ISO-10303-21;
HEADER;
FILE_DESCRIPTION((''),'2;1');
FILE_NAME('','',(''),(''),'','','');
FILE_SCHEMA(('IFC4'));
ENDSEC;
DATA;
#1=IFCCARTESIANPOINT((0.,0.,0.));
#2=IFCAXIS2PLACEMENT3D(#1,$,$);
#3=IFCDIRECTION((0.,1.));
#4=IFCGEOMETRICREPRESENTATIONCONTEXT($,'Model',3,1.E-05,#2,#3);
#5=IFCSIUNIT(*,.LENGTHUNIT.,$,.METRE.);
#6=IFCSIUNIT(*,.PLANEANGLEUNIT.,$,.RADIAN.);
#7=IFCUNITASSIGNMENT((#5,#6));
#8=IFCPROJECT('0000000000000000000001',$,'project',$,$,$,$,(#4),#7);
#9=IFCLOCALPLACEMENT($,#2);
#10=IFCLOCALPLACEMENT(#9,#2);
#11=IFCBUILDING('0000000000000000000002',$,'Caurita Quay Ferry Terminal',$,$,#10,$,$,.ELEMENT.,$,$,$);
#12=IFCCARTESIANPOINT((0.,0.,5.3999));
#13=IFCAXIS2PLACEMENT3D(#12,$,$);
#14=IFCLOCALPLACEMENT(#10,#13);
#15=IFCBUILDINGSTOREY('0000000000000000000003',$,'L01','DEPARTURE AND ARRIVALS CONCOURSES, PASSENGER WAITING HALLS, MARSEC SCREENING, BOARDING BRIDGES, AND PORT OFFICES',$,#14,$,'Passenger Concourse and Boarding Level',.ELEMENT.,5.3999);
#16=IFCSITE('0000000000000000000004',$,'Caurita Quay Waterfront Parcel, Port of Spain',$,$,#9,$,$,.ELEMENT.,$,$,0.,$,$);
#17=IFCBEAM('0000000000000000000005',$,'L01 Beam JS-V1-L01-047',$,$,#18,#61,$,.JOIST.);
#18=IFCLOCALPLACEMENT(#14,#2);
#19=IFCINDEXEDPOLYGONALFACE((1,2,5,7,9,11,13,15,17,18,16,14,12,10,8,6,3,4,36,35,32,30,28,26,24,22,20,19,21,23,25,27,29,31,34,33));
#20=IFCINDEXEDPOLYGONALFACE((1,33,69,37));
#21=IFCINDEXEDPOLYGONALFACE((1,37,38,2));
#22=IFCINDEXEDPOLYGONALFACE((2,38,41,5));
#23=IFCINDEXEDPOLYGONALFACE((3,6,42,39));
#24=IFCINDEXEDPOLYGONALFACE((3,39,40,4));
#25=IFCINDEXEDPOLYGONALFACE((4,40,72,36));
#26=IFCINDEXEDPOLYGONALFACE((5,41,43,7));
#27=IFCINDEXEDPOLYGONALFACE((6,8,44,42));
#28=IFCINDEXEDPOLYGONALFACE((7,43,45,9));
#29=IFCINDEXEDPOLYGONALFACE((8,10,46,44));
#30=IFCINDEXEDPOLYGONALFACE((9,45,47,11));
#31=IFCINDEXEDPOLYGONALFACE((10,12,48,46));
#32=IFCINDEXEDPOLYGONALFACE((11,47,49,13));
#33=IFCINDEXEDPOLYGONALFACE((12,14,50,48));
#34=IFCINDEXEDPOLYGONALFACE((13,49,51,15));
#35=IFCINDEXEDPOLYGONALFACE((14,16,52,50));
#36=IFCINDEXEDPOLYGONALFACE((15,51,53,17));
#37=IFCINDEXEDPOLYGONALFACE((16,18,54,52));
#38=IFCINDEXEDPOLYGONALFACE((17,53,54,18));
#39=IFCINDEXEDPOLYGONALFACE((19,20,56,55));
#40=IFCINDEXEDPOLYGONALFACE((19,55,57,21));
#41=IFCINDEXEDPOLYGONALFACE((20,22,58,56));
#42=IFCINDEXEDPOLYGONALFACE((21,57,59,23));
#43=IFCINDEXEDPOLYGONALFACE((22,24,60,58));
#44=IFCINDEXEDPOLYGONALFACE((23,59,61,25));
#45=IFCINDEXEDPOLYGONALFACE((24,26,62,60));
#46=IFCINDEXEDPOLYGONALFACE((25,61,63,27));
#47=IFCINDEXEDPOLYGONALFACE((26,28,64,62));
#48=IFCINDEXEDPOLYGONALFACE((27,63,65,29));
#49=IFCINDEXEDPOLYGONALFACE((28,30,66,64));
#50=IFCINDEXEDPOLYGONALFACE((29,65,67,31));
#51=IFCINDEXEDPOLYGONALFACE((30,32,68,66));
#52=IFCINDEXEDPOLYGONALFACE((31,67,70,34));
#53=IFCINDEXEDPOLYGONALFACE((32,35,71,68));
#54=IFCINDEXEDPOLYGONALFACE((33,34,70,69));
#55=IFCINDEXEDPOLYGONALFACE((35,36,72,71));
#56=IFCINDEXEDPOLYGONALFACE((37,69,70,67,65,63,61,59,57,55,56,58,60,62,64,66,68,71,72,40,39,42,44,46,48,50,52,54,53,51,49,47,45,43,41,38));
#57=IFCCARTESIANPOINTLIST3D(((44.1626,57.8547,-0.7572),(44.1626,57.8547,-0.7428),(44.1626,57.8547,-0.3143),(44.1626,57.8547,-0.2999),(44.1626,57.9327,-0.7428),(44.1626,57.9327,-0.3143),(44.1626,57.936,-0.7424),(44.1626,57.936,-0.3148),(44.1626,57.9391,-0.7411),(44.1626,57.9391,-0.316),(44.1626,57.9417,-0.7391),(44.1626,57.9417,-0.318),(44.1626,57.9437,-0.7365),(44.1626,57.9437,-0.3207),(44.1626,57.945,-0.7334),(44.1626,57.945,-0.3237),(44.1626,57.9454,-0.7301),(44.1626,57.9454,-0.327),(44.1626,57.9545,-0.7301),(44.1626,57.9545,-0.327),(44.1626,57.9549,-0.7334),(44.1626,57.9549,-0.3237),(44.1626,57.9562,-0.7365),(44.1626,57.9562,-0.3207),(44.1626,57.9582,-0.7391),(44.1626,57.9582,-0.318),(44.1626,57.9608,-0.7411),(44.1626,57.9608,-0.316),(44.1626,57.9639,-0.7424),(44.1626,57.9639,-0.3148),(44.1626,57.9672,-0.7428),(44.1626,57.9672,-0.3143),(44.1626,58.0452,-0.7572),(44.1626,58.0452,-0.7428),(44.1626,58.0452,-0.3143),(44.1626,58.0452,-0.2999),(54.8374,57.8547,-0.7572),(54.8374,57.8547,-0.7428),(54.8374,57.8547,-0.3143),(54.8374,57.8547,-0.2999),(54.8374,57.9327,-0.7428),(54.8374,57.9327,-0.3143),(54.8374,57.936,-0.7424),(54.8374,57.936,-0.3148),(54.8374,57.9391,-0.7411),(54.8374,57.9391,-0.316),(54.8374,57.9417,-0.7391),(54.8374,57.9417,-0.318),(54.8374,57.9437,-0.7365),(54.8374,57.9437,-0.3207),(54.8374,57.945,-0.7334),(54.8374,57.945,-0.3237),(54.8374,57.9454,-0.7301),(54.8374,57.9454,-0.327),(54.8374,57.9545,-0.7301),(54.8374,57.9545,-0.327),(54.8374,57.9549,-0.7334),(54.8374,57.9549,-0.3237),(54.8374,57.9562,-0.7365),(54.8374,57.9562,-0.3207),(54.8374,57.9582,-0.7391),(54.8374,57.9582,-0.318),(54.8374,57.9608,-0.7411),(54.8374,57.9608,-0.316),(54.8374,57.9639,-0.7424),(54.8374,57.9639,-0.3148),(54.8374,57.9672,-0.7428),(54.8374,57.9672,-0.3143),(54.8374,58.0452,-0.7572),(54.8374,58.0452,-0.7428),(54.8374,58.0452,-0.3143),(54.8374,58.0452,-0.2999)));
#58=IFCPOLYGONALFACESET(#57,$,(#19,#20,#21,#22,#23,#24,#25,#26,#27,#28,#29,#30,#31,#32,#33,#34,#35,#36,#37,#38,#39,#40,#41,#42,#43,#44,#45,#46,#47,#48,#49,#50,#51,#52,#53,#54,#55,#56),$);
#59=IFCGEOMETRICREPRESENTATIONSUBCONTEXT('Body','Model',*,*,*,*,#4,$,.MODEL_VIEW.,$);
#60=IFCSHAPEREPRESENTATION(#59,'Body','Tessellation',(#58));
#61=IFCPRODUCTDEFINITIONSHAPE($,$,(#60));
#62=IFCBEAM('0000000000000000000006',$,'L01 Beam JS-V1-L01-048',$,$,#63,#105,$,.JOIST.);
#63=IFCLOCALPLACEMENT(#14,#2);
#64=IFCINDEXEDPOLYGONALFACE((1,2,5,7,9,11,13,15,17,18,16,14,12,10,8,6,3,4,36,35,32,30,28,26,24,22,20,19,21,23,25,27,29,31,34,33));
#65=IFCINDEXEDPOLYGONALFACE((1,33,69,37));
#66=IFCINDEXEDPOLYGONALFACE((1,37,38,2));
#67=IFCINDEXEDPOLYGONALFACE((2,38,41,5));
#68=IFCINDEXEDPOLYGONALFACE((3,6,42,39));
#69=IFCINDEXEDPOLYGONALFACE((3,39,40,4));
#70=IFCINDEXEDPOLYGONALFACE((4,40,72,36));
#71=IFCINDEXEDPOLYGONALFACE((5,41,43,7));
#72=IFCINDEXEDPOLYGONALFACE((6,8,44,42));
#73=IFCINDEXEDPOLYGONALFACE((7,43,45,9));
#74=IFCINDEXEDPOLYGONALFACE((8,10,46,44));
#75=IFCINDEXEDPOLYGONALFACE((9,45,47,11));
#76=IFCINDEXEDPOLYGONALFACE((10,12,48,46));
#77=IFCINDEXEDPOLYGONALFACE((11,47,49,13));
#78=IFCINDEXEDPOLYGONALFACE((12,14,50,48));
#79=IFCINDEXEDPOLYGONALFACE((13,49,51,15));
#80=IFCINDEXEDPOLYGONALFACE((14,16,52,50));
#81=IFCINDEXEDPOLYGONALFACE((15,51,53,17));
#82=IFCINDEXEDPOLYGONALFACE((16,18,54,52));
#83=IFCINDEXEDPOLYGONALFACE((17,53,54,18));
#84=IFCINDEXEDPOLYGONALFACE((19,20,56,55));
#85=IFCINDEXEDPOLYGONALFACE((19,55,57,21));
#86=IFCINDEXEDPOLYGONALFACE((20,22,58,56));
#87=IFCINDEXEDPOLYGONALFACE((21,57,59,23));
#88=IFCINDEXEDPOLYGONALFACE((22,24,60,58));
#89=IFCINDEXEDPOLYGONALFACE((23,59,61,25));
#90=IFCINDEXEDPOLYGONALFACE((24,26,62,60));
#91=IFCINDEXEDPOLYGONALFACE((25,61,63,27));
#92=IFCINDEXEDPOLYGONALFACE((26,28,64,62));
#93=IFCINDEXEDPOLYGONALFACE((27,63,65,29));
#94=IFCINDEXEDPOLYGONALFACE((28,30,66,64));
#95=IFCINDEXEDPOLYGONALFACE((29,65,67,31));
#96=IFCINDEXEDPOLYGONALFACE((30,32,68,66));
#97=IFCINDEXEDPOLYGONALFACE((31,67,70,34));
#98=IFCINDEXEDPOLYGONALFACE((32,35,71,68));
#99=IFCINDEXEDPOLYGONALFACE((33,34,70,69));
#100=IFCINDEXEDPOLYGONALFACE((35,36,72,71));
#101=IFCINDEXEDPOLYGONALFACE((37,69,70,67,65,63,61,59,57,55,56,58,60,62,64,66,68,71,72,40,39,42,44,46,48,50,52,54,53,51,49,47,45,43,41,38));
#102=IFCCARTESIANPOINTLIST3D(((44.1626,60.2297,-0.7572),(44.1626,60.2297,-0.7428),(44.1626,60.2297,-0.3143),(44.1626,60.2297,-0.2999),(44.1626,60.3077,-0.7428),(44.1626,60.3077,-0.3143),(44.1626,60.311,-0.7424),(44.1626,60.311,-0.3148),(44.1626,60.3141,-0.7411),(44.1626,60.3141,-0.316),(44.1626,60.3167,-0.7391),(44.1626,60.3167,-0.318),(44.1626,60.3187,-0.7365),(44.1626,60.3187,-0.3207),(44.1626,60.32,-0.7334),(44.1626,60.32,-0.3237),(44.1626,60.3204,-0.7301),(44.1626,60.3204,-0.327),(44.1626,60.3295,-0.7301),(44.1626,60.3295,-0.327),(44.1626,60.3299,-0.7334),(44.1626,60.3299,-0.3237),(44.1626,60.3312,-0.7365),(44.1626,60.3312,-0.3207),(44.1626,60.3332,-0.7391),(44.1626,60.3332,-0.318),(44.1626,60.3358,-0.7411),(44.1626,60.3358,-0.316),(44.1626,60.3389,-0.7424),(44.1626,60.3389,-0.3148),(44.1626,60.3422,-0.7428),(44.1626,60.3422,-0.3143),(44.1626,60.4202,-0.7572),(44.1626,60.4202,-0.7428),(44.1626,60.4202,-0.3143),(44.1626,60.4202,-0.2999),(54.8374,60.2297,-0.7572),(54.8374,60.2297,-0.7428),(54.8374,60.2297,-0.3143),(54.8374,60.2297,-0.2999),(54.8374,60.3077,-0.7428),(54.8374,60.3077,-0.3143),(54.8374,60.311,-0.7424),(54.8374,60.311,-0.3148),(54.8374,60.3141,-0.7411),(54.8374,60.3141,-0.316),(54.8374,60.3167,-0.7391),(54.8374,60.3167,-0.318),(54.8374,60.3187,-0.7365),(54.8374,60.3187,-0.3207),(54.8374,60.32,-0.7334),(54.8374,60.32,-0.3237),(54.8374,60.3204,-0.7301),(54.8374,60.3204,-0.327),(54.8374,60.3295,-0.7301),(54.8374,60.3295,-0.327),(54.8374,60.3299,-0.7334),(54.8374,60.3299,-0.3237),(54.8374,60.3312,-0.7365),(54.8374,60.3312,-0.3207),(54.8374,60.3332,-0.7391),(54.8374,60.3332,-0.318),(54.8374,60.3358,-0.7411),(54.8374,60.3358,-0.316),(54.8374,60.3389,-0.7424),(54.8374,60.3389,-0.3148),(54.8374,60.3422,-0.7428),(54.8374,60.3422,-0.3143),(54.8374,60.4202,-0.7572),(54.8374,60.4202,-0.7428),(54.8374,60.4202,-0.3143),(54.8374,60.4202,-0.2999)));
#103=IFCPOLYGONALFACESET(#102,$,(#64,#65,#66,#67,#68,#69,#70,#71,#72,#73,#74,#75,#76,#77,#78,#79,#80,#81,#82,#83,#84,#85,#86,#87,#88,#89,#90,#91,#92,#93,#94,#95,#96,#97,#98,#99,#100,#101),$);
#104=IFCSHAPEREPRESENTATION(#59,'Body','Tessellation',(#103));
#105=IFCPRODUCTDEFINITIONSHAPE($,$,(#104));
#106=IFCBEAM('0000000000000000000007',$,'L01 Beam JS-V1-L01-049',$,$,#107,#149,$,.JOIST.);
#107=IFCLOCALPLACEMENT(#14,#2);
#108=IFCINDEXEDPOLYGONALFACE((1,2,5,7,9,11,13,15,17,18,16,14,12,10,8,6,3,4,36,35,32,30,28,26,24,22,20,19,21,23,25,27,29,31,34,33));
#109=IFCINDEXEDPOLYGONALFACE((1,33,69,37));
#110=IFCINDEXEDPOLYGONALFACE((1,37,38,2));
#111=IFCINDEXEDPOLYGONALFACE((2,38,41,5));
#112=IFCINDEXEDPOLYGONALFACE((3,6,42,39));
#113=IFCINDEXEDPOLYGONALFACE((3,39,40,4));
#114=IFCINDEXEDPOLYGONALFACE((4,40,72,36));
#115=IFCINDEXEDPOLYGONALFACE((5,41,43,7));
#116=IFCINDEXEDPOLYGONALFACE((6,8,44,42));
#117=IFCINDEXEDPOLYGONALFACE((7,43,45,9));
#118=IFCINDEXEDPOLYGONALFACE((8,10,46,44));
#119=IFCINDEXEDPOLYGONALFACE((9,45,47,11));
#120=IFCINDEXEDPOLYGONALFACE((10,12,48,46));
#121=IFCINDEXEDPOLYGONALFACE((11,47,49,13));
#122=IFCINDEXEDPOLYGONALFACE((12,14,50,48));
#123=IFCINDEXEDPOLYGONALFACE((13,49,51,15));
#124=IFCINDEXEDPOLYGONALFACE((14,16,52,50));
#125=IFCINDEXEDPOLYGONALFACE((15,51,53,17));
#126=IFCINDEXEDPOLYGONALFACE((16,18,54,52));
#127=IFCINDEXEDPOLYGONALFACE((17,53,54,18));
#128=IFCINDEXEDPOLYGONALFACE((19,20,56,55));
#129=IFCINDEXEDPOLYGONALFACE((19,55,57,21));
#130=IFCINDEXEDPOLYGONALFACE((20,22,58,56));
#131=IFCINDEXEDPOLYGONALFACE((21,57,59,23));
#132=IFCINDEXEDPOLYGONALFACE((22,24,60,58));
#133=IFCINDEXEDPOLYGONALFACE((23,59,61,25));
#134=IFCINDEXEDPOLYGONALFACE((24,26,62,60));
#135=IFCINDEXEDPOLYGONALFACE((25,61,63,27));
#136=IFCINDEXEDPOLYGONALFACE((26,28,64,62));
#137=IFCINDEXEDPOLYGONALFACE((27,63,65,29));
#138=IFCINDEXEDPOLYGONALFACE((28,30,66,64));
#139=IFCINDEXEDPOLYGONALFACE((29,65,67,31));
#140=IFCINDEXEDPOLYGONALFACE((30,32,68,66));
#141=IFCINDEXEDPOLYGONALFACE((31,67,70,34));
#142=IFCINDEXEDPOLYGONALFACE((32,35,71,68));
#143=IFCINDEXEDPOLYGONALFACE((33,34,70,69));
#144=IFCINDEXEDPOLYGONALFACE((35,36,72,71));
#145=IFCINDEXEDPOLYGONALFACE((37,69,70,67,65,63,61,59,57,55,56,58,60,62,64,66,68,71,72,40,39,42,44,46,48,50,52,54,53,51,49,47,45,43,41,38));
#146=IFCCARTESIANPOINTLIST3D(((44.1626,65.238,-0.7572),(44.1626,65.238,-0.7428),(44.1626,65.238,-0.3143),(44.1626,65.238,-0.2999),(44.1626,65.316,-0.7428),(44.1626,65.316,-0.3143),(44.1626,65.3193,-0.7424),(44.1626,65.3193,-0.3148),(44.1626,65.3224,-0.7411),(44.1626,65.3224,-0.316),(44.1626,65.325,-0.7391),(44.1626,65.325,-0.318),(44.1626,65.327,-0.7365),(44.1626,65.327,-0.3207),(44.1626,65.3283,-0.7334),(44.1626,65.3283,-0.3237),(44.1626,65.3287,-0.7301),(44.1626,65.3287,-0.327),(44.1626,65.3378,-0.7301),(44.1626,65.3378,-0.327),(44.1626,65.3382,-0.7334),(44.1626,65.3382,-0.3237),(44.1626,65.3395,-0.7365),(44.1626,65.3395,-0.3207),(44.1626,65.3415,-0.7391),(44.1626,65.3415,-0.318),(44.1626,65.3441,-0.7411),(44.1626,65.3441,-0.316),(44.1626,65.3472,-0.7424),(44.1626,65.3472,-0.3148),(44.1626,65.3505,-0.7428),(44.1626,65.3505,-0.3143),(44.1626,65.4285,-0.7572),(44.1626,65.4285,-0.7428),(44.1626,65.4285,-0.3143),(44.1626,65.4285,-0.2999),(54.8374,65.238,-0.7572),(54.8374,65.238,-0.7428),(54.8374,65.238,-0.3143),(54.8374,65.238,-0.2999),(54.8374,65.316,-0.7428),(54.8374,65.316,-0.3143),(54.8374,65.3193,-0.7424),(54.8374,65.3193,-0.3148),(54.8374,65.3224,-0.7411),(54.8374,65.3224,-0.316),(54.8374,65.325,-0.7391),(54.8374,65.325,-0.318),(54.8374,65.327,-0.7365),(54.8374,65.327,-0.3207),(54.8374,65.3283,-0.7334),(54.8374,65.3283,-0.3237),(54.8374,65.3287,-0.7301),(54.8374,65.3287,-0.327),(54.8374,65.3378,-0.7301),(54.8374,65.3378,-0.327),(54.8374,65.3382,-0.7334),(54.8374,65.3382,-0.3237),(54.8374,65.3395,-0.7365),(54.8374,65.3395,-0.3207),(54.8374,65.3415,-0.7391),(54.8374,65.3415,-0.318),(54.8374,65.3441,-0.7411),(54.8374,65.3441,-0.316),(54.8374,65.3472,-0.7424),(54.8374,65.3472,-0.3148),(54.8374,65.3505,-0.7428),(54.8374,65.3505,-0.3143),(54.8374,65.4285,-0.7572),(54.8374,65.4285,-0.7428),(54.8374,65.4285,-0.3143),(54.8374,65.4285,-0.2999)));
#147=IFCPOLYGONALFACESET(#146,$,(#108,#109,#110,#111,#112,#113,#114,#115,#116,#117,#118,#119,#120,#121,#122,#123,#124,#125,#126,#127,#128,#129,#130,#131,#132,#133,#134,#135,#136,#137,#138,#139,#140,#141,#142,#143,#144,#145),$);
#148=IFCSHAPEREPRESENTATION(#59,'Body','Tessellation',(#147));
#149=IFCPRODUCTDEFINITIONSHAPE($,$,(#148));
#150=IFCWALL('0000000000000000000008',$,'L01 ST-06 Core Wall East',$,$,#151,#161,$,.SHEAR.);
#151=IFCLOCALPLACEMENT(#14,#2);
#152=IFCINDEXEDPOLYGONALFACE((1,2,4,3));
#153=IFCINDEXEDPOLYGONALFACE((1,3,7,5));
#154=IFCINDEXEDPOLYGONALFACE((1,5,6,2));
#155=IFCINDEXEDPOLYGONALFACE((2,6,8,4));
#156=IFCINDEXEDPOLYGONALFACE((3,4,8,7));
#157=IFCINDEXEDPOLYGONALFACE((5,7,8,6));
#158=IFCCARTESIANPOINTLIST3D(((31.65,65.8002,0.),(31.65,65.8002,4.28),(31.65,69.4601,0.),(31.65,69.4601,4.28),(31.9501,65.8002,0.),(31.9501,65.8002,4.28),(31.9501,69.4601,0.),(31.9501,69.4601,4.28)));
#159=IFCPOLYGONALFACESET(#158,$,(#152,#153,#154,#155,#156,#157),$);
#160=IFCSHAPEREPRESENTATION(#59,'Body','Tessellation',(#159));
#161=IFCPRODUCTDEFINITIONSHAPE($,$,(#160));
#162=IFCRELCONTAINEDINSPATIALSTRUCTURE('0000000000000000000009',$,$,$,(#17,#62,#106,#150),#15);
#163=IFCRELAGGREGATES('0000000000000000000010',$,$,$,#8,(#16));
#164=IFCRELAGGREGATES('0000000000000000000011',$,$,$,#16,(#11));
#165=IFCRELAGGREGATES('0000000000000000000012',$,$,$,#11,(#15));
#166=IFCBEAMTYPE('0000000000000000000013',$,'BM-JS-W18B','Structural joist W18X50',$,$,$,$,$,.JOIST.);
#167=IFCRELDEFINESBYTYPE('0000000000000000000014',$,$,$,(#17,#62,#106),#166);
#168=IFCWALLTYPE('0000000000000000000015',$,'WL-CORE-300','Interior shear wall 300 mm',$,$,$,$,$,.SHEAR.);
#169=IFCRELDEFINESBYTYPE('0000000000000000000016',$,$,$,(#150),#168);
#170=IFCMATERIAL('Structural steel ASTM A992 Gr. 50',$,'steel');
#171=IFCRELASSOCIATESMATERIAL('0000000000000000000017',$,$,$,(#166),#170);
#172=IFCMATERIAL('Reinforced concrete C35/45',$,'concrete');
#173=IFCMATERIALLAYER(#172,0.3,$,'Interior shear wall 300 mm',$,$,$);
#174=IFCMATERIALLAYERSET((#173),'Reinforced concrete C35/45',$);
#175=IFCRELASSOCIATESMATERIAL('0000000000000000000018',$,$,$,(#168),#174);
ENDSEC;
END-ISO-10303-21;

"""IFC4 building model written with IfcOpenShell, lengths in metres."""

from ifc_helpers import new_model, si_unit, direction, frame, frame_2d, origin, origin_2d, place, context, subcontext, project, spatial, rectangle, i_section, extrude, material, layer, layer_set, material_profile, profile_set, type_object, element, save


model = new_model("IFC4")

# Units and contexts
model_context = context("Model", 3, precision=1e-05, world=origin(), true_north=direction((0.0, 1.0)))
body_context = subcontext(model_context, "Body", "Model", "MODEL_VIEW")
ifc_project = project(units=[si_unit("LENGTHUNIT", "METRE"), si_unit("PLANEANGLEUNIT", "RADIAN")], contexts=[model_context])

# Site, building, storey
site_placement = place(None, origin())
site = spatial("IfcSite", under=ifc_project, at=site_placement, Name="Caurita Quay Waterfront Parcel, Port of Spain", CompositionType="ELEMENT", RefElevation=0.0)
building_placement = place(site_placement, origin())
building = spatial("IfcBuilding", under=site, at=building_placement, Name="Caurita Quay Ferry Terminal", CompositionType="ELEMENT")
storey_placement = place(building_placement, frame((0.0, 0.0, 5.3999)))
storey = spatial("IfcBuildingStorey", under=building, at=storey_placement, Name="L01", Description="DEPARTURE AND ARRIVALS CONCOURSES, PASSENGER WAITING HALLS, MARSEC SCREENING, BOARDING BRIDGES, AND PORT OFFICES", LongName="Passenger Concourse and Boarding Level", CompositionType="ELEMENT", Elevation=5.3999)

# Beams
ifc_material_1 = material(Name="Structural steel ASTM A992 Gr. 50", Category="steel")
ifc_material_profile_1 = material_profile(ifc_material_1, i_section(OverallWidth=0.1904, OverallDepth=0.4573, WebThickness=0.009, FlangeThickness=0.0144, FilletRadius=0.0127, at=origin_2d()), Name="W18X50")
ifc_profile_set_1 = profile_set([ifc_material_profile_1], Name="Structural steel ASTM A992 Gr. 50")
beam_type_1 = type_object("IfcBeamType", Name="BM-JS-W18B", Description="Structural joist W18X50", PredefinedType="JOIST", material=ifc_profile_set_1)
for number, where, z_axis, x_axis, name in (
    (1, (44.1626, 57.95, -0.5286), (1.0, 0.0, 0.0), (0.0, 1.0, 0.0), "L01 Beam JS-V1-L01-047"),
    (2, (44.1626, 60.325, -0.5286), (1.0, 0.0, 0.0), (0.0, 1.0, 0.0), "L01 Beam JS-V1-L01-048"),
    (3, (44.1626, 65.3333, -0.5286), (1.0, 0.0, 0.0), (0.0, 1.0, 0.0), "L01 Beam JS-V1-L01-049"),
):
    element("IfcBeam", number, at=place(storey_placement, frame(where, z_axis=z_axis, x_axis=x_axis)), inside=storey, type_object=beam_type_1, Name=name, PredefinedType="JOIST", context=body_context, shape_type="SweptSolid", body=[
        extrude(i_section(OverallWidth=0.1904, OverallDepth=0.4573, WebThickness=0.009, FlangeThickness=0.0144, FilletRadius=0.0127, at=origin_2d()), origin(), (0.0, 0.0, 1.0), 10.6748),
    ])

# Wall
ifc_material_2 = material(Name="Reinforced concrete C35/45", Category="concrete")
ifc_layer_1 = layer(ifc_material_2, 0.3, Name="Interior shear wall 300 mm")
ifc_layer_set_1 = layer_set([ifc_layer_1], Name="Reinforced concrete C35/45")
wall_type_1 = type_object("IfcWallType", Name="WL-CORE-300", Description="Interior shear wall 300 mm", PredefinedType="SHEAR", material=ifc_layer_set_1)
wall_1_placement = place(storey_placement, frame((31.8, 65.8, 0.0), z_axis=(0.0, 0.0, 1.0), x_axis=(0.0, 1.0, 0.0)))
element("IfcWall", 4, at=wall_1_placement, inside=storey, type_object=wall_type_1, Name="L01 ST-06 Core Wall East", PredefinedType="SHEAR", context=body_context, shape_type="SweptSolid", body=[
    extrude(rectangle(XDim=3.6599, YDim=0.3, at=frame_2d((1.8301, 0.0))), origin(), (0.0, 0.0, 1.0), 4.28),
])

save(model, "model.ifc")
